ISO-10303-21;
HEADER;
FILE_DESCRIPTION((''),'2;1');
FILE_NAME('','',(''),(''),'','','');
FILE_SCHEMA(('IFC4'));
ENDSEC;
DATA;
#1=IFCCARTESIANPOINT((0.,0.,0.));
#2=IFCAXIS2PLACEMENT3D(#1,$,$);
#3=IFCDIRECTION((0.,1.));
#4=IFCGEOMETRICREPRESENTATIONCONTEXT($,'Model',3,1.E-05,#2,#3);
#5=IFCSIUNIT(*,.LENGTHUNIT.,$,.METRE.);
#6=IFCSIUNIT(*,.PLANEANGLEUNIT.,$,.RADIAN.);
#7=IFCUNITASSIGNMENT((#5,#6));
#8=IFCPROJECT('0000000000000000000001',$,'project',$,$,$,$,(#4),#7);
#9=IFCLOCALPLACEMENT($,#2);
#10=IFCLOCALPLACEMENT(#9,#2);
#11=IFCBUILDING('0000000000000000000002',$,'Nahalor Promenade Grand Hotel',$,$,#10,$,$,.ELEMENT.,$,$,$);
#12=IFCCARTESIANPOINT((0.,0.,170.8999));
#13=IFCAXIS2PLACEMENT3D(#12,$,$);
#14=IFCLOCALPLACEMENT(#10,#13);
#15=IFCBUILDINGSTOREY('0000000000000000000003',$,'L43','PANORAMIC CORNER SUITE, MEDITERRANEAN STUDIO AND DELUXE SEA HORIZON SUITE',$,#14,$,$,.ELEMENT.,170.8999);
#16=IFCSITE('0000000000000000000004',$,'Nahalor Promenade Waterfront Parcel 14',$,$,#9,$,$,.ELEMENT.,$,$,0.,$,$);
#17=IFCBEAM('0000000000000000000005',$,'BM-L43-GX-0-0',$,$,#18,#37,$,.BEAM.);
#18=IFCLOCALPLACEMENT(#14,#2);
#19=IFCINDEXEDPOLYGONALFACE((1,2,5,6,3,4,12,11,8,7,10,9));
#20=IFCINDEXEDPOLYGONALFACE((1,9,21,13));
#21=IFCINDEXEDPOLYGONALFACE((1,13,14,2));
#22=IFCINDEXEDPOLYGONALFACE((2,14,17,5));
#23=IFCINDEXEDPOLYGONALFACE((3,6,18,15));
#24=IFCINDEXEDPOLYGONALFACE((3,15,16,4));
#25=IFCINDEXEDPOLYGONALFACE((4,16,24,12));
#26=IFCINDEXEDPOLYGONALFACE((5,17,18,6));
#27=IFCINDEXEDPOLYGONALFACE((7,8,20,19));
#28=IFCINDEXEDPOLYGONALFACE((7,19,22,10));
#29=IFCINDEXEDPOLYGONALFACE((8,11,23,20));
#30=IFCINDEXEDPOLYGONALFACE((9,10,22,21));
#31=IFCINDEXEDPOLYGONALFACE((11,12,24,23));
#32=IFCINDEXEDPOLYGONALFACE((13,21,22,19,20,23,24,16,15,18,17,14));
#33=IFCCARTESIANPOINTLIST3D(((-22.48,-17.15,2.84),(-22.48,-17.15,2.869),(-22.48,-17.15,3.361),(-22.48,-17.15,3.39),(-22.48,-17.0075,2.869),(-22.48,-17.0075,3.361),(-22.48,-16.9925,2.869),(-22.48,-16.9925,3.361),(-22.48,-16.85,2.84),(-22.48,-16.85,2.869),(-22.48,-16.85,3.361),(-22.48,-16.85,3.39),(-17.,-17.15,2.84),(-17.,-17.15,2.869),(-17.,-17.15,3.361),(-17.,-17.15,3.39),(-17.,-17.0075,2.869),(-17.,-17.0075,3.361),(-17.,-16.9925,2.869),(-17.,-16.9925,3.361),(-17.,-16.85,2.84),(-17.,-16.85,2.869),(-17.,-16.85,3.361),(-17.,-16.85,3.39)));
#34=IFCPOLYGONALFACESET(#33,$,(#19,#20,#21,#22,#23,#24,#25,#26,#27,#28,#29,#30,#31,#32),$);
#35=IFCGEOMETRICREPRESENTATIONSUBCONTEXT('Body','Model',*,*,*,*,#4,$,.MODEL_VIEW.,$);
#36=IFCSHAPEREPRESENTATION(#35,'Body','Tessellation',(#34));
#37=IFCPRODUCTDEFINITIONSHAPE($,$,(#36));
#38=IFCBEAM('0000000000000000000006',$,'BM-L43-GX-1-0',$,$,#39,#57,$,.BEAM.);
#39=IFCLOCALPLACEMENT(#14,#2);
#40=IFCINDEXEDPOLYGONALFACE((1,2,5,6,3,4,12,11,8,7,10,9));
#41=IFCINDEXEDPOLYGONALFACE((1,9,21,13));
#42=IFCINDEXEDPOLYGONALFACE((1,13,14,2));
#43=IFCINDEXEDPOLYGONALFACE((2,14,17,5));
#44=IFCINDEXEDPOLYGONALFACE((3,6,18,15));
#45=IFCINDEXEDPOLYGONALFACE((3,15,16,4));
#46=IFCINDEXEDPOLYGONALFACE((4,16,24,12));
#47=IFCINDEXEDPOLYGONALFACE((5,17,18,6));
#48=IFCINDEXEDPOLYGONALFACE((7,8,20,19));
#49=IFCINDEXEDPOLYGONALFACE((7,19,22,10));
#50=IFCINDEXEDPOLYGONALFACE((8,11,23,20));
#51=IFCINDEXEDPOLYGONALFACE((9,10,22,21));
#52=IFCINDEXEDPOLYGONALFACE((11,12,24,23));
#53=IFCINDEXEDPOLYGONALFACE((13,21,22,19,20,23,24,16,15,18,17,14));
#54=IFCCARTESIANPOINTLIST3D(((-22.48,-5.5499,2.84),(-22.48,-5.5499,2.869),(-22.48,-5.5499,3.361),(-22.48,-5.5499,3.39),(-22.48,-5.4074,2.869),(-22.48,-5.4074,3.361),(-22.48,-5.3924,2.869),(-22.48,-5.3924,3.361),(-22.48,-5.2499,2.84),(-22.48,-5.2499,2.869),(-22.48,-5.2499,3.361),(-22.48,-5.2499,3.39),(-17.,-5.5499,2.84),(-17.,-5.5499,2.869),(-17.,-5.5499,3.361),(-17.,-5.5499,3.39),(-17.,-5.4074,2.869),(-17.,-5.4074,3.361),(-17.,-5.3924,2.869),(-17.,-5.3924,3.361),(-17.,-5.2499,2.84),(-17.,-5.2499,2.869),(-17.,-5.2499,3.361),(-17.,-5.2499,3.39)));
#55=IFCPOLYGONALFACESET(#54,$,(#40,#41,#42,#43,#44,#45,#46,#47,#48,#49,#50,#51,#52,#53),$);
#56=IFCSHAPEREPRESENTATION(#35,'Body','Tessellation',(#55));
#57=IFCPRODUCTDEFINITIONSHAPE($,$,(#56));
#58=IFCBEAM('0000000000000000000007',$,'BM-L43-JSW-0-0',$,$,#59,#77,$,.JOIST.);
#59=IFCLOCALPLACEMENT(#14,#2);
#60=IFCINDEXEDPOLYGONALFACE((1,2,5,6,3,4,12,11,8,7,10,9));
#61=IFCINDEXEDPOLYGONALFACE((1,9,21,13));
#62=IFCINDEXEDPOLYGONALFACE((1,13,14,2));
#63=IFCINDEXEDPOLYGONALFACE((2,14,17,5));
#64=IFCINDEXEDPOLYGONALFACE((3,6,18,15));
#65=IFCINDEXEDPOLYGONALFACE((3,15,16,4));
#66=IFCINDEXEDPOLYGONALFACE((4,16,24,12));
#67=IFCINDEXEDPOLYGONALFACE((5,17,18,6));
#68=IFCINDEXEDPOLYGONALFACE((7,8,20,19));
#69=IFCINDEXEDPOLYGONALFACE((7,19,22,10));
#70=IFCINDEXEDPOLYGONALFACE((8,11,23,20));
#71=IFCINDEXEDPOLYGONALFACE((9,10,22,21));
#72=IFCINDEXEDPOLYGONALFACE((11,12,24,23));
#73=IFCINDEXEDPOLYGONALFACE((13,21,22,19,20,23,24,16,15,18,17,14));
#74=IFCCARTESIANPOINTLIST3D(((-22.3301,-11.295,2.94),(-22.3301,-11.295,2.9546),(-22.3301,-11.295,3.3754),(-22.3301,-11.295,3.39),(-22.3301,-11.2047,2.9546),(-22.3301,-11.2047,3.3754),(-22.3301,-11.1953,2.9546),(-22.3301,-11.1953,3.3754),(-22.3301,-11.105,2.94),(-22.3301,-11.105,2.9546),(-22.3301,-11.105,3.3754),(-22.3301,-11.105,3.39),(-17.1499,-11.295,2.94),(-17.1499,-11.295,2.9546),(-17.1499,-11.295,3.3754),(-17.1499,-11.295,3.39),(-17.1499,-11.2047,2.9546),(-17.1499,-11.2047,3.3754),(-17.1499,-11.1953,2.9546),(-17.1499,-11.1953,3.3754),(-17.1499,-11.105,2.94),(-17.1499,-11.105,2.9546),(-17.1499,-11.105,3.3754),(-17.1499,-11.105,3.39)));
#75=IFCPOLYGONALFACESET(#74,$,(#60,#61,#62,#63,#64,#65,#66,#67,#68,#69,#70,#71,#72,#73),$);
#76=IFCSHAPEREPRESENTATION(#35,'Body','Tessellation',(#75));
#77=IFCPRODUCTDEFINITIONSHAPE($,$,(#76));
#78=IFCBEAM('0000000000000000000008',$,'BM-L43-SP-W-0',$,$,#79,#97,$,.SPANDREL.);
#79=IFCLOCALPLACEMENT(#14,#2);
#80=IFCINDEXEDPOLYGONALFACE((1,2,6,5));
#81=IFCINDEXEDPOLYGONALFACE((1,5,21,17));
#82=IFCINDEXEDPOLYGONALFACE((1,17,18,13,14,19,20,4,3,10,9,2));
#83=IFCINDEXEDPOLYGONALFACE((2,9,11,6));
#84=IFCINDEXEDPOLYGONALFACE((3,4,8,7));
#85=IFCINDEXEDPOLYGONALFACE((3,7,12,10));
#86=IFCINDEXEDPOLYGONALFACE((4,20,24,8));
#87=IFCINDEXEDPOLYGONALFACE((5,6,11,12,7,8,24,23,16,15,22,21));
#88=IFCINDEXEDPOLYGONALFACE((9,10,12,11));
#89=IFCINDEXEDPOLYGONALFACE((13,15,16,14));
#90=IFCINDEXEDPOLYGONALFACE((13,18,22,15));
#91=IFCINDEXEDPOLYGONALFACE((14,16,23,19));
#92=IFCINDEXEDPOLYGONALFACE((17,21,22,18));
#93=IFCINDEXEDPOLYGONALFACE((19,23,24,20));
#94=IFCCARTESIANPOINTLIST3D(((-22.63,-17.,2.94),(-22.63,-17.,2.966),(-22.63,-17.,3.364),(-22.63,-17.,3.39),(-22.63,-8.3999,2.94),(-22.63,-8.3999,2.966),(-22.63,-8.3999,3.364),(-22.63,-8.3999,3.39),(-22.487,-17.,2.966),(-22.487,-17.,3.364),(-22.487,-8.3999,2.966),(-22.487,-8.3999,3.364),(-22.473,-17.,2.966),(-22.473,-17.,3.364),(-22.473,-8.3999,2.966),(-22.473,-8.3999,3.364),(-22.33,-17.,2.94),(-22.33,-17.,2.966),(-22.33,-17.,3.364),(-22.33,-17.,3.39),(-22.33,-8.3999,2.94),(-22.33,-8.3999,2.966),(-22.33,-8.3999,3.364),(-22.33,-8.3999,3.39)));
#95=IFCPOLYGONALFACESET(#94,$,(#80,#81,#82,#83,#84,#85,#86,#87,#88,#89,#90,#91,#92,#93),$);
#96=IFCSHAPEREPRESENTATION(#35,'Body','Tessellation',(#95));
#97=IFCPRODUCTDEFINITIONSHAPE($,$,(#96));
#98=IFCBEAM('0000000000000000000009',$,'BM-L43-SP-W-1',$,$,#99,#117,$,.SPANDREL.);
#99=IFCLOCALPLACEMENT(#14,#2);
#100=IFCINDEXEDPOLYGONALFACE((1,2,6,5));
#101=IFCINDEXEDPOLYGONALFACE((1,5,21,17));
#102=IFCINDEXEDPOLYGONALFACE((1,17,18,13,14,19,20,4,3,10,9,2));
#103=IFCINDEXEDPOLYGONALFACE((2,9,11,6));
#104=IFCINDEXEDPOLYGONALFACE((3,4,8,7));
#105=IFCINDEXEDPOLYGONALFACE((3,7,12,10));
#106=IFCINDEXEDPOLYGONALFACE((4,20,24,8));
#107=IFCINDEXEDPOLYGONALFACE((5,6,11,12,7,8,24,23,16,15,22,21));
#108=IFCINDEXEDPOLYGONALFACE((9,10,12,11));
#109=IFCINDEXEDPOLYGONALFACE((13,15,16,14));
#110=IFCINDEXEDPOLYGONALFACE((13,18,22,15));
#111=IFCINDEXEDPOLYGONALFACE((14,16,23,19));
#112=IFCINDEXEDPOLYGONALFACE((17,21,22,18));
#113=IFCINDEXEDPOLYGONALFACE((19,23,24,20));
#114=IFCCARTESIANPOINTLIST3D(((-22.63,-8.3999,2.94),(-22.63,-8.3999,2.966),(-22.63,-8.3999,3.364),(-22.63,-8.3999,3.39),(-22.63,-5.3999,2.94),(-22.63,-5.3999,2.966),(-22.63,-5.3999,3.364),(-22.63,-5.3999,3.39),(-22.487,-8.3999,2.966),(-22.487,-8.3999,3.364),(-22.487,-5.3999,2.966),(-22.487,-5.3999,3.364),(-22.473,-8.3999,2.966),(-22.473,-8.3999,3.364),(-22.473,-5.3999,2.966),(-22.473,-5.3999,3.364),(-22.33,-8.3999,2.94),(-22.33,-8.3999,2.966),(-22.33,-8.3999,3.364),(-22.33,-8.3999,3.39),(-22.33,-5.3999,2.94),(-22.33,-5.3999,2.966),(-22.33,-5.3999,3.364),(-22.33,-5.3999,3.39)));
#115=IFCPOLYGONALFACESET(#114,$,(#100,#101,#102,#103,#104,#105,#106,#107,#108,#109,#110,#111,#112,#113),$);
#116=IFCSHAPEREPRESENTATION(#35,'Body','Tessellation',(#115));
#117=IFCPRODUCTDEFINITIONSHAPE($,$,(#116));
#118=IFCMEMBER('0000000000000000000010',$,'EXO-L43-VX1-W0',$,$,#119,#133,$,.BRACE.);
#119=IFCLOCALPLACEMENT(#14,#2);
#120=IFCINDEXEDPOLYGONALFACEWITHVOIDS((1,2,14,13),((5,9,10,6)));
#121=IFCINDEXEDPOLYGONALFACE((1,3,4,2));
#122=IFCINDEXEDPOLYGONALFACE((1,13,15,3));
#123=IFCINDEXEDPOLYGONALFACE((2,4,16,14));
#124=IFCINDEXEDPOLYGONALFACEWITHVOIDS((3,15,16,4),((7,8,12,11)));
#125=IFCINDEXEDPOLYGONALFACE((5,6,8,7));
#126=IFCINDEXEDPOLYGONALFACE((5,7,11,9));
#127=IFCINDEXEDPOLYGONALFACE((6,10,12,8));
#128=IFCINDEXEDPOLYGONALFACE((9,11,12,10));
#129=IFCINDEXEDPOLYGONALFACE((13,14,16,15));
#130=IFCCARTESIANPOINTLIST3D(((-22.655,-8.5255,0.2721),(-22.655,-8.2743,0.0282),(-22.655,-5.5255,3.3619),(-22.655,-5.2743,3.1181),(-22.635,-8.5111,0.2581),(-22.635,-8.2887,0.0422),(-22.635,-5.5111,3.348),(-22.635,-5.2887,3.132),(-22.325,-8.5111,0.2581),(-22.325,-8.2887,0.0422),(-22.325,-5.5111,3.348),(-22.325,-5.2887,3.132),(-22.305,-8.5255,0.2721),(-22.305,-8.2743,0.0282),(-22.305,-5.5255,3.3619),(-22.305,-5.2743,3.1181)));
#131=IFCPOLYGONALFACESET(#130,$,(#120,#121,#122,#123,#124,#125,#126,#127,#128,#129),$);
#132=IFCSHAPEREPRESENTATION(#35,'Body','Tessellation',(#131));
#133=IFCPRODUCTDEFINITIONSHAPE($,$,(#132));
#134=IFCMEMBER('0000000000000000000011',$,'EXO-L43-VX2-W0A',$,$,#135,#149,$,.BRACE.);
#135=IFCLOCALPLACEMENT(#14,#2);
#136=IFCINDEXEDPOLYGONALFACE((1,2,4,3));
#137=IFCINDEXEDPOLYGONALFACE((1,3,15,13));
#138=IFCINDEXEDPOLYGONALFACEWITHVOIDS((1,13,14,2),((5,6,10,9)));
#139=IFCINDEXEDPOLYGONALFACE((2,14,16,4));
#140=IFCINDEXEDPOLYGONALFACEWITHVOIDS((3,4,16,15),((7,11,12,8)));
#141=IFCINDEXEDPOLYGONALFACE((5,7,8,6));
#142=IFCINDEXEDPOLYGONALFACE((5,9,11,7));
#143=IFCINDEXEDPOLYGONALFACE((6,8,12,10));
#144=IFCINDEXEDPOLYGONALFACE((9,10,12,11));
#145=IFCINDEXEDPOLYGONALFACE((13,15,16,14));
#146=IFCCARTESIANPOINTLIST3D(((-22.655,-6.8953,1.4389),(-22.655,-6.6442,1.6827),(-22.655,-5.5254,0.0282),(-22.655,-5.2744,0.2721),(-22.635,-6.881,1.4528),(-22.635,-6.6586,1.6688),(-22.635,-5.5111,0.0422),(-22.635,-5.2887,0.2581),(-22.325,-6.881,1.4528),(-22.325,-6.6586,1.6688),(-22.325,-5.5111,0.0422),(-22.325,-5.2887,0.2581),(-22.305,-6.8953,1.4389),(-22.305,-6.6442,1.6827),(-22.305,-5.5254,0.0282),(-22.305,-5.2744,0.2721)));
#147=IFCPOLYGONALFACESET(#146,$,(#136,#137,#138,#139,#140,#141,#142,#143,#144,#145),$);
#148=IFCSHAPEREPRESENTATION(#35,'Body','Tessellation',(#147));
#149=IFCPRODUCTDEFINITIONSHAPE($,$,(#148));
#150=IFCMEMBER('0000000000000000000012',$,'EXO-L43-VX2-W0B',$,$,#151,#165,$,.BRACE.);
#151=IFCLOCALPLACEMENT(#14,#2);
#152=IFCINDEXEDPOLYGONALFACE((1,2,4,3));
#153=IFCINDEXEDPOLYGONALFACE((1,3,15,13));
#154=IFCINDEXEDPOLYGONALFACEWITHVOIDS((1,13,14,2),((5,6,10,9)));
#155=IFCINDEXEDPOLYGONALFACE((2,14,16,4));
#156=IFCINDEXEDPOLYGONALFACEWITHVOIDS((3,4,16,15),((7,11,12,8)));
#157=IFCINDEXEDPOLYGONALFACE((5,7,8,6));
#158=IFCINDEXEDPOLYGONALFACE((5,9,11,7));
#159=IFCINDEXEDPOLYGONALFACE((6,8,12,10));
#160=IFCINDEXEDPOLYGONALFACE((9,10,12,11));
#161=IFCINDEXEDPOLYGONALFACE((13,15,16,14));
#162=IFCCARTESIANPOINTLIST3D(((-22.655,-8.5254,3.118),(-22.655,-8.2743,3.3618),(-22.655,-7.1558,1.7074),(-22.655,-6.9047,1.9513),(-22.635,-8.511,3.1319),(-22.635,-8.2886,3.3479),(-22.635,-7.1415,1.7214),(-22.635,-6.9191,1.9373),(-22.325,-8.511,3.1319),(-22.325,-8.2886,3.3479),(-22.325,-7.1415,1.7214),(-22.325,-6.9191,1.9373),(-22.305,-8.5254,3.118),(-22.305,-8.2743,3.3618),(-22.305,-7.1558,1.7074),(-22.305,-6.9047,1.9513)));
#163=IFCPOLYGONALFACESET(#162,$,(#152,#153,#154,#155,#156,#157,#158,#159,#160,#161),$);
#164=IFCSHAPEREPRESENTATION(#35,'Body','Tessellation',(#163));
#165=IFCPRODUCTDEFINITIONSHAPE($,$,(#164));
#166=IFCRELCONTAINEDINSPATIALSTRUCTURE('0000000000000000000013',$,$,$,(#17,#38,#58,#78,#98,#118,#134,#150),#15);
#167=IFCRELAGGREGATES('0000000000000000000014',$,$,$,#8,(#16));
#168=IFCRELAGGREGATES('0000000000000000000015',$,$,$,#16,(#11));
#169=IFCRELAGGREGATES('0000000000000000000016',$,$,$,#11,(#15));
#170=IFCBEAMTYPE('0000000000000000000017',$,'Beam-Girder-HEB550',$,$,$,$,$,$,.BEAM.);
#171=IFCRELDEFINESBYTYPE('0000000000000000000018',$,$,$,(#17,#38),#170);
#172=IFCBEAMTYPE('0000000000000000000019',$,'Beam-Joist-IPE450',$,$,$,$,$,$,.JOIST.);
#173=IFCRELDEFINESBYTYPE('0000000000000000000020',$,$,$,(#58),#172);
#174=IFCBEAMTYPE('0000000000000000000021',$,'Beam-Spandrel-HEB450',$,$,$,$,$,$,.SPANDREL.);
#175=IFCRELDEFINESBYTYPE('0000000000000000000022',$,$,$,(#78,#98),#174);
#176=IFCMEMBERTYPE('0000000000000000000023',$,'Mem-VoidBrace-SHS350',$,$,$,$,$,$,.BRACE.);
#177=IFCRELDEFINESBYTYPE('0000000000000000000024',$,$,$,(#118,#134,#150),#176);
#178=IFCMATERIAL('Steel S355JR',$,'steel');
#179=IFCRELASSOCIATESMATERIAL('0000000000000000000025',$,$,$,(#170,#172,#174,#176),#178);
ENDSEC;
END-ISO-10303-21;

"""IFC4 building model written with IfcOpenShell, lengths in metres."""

from ifc_helpers import new_model, si_unit, direction, frame, origin, origin_2d, place, context, subcontext, project, spatial, hollow_rectangle, i_section, extrude, source, transform, mapped, material, material_profile, profile_set, type_object, element, save


model = new_model("IFC4")

# Units and contexts
model_context = context("Model", 3, precision=1e-05, world=origin(), true_north=direction((0.0, 1.0)))
body_context = subcontext(model_context, "Body", "Model", "MODEL_VIEW")
ifc_project = project(units=[si_unit("LENGTHUNIT", "METRE"), si_unit("PLANEANGLEUNIT", "RADIAN")], contexts=[model_context])

# Site, building, storey
site_placement = place(None, origin())
site = spatial("IfcSite", under=ifc_project, at=site_placement, Name="Nahalor Promenade Waterfront Parcel 14", CompositionType="ELEMENT", RefElevation=0.0)
building_placement = place(site_placement, origin())
building = spatial("IfcBuilding", under=site, at=building_placement, Name="Nahalor Promenade Grand Hotel", CompositionType="ELEMENT")
storey_placement = place(building_placement, frame((0.0, 0.0, 170.8999)))
storey = spatial("IfcBuildingStorey", under=building, at=storey_placement, Name="L43", Description="PANORAMIC CORNER SUITE, MEDITERRANEAN STUDIO AND DELUXE SEA HORIZON SUITE", CompositionType="ELEMENT", Elevation=170.8999)

# Beams
ifc_material_1 = material(Name="Steel S355JR", Category="steel")
ifc_material_profile_1 = material_profile(ifc_material_1, i_section(OverallWidth=0.3, OverallDepth=0.55, WebThickness=0.015, FlangeThickness=0.029, at=origin_2d()), Name="HEB 550")
ifc_profile_set_1 = profile_set([ifc_material_profile_1], Name="Steel S355JR")
beam_type_1 = type_object("IfcBeamType", Name="Beam-Girder-HEB550", PredefinedType="BEAM", material=ifc_profile_set_1)
shared_shape_1 = source(origin(), body_context, "Body", "SweptSolid", [
    extrude(i_section(OverallWidth=0.3, OverallDepth=0.55, WebThickness=0.015, FlangeThickness=0.029, at=origin_2d()), origin(), (0.0, 0.0, 1.0), 5.48),
])
for number, where, z_axis, x_axis, name in (
    (1, (-22.48, -17.0, 3.115), (1.0, 0.0, 0.0), (0.0, 1.0, 0.0), "BM-L43-GX-0-0"),
    (2, (-22.48, -5.3999, 3.115), (1.0, 0.0, 0.0), (0.0, 1.0, 0.0), "BM-L43-GX-1-0"),
):
    element("IfcBeam", number, at=place(storey_placement, frame(where, z_axis=z_axis, x_axis=x_axis)), inside=storey, type_object=beam_type_1, Name=name, PredefinedType="BEAM", context=body_context, shape_type="MappedRepresentation", body=[
        mapped(shared_shape_1, transform((0.0, 0.0, 0.0), scale=1.0)),
    ])
ifc_material_profile_2 = material_profile(ifc_material_1, i_section(OverallWidth=0.19, OverallDepth=0.45, WebThickness=0.0094, FlangeThickness=0.0146, at=origin_2d()), Name="IPE 450")
ifc_profile_set_2 = profile_set([ifc_material_profile_2], Name="Steel S355JR")
beam_type_2 = type_object("IfcBeamType", Name="Beam-Joist-IPE450", PredefinedType="JOIST", material=ifc_profile_set_2)
shared_shape_2 = source(origin(), body_context, "Body", "SweptSolid", [
    extrude(i_section(OverallWidth=0.19, OverallDepth=0.45, WebThickness=0.0094, FlangeThickness=0.0146, at=origin_2d()), origin(), (0.0, 0.0, 1.0), 5.1802),
])
beam_1_placement = place(storey_placement, frame((-22.3301, -11.2, 3.165), z_axis=(1.0, 0.0, 0.0), x_axis=(0.0, 1.0, 0.0)))
element("IfcBeam", 3, at=beam_1_placement, inside=storey, type_object=beam_type_2, Name="BM-L43-JSW-0-0", PredefinedType="JOIST", context=body_context, shape_type="MappedRepresentation", body=[
    mapped(shared_shape_2, transform((0.0, 0.0, 0.0), scale=1.0)),
])
ifc_material_profile_3 = material_profile(ifc_material_1, i_section(OverallWidth=0.3, OverallDepth=0.45, WebThickness=0.014, FlangeThickness=0.026, at=origin_2d()), Name="HEB 450")
ifc_profile_set_3 = profile_set([ifc_material_profile_3], Name="Steel S355JR")
beam_type_3 = type_object("IfcBeamType", Name="Beam-Spandrel-HEB450", PredefinedType="SPANDREL", material=ifc_profile_set_3)
shared_shape_3 = source(origin(), body_context, "Body", "SweptSolid", [
    extrude(i_section(OverallWidth=0.3, OverallDepth=0.45, WebThickness=0.014, FlangeThickness=0.026, at=origin_2d()), origin(), (0.0, 0.0, 1.0), 8.6001),
])
beam_2_placement = place(storey_placement, frame((-22.48, -17.0, 3.165), z_axis=(0.0, 1.0, 0.0), x_axis=(-1.0, 0.0, 0.0)))
element("IfcBeam", 4, at=beam_2_placement, inside=storey, type_object=beam_type_3, Name="BM-L43-SP-W-0", PredefinedType="SPANDREL", context=body_context, shape_type="MappedRepresentation", body=[
    mapped(shared_shape_3, transform((0.0, 0.0, 0.0), scale=1.0)),
])
shared_shape_4 = source(origin(), body_context, "Body", "SweptSolid", [
    extrude(i_section(OverallWidth=0.3, OverallDepth=0.45, WebThickness=0.014, FlangeThickness=0.026, at=origin_2d()), origin(), (0.0, 0.0, 1.0), 3.0),
])
beam_3_placement = place(storey_placement, frame((-22.48, -8.3999, 3.165), z_axis=(0.0, 1.0, 0.0), x_axis=(-1.0, 0.0, 0.0)))
element("IfcBeam", 5, at=beam_3_placement, inside=storey, type_object=beam_type_3, Name="BM-L43-SP-W-1", PredefinedType="SPANDREL", context=body_context, shape_type="MappedRepresentation", body=[
    mapped(shared_shape_4, transform((0.0, 0.0, 0.0), scale=1.0)),
])

# Members
ifc_material_profile_4 = material_profile(ifc_material_1, hollow_rectangle(XDim=0.35, YDim=0.35, WallThickness=0.02, at=origin_2d()), Name="SHS 350x350x20")
ifc_profile_set_4 = profile_set([ifc_material_profile_4], Name="Steel S355JR")
member_type_1 = type_object("IfcMemberType", Name="Mem-VoidBrace-SHS350", PredefinedType="BRACE", material=ifc_profile_set_4)
shared_shape_5 = source(origin(), body_context, "Body", "SweptSolid", [
    extrude(hollow_rectangle(XDim=0.35, YDim=0.35, WallThickness=0.02, at=origin_2d()), origin(), (0.0, 0.0, 1.0), 4.3066),
])
member_1_placement = place(storey_placement, frame((-22.48, -8.3999, 0.1501), z_axis=(0.0, 0.696599, 0.717461), x_axis=(-1.0, 0.0, 0.0)))
element("IfcMember", 6, at=member_1_placement, inside=storey, type_object=member_type_1, Name="EXO-L43-VX1-W0", PredefinedType="BRACE", context=body_context, shape_type="MappedRepresentation", body=[
    mapped(shared_shape_5, transform((0.0, 0.0, 0.0), scale=1.0)),
])
shared_shape_6 = source(origin(), body_context, "Body", "SweptSolid", [
    extrude(hollow_rectangle(XDim=0.35, YDim=0.35, WallThickness=0.02, at=origin_2d()), origin(), (0.0, 0.0, 1.0), 1.9663),
])
member_2_placement = place(storey_placement, frame((-22.48, -5.3999, 0.1501), z_axis=(0.0, -0.696663, 0.717398), x_axis=(1.0, 0.0, 0.0)))
element("IfcMember", 7, at=member_2_placement, inside=storey, type_object=member_type_1, Name="EXO-L43-VX2-W0A", PredefinedType="BRACE", context=body_context, shape_type="MappedRepresentation", body=[
    mapped(shared_shape_6, transform((0.0, 0.0, 0.0), scale=1.0)),
])
shared_shape_7 = source(origin(), body_context, "Body", "SweptSolid", [
    extrude(hollow_rectangle(XDim=0.35, YDim=0.35, WallThickness=0.02, at=origin_2d()), origin(), (0.0, 0.0, 1.0), 1.9661),
])
member_3_placement = place(storey_placement, frame((-22.48, -7.0303, 1.8293), z_axis=(0.0, -0.696599, 0.71746), x_axis=(1.0, 0.0, 0.0)))
element("IfcMember", 8, at=member_3_placement, inside=storey, type_object=member_type_1, Name="EXO-L43-VX2-W0B", PredefinedType="BRACE", context=body_context, shape_type="MappedRepresentation", body=[
    mapped(shared_shape_7, transform((0.0, 0.0, 0.0), scale=1.0)),
])

save(model, "model.ifc")
